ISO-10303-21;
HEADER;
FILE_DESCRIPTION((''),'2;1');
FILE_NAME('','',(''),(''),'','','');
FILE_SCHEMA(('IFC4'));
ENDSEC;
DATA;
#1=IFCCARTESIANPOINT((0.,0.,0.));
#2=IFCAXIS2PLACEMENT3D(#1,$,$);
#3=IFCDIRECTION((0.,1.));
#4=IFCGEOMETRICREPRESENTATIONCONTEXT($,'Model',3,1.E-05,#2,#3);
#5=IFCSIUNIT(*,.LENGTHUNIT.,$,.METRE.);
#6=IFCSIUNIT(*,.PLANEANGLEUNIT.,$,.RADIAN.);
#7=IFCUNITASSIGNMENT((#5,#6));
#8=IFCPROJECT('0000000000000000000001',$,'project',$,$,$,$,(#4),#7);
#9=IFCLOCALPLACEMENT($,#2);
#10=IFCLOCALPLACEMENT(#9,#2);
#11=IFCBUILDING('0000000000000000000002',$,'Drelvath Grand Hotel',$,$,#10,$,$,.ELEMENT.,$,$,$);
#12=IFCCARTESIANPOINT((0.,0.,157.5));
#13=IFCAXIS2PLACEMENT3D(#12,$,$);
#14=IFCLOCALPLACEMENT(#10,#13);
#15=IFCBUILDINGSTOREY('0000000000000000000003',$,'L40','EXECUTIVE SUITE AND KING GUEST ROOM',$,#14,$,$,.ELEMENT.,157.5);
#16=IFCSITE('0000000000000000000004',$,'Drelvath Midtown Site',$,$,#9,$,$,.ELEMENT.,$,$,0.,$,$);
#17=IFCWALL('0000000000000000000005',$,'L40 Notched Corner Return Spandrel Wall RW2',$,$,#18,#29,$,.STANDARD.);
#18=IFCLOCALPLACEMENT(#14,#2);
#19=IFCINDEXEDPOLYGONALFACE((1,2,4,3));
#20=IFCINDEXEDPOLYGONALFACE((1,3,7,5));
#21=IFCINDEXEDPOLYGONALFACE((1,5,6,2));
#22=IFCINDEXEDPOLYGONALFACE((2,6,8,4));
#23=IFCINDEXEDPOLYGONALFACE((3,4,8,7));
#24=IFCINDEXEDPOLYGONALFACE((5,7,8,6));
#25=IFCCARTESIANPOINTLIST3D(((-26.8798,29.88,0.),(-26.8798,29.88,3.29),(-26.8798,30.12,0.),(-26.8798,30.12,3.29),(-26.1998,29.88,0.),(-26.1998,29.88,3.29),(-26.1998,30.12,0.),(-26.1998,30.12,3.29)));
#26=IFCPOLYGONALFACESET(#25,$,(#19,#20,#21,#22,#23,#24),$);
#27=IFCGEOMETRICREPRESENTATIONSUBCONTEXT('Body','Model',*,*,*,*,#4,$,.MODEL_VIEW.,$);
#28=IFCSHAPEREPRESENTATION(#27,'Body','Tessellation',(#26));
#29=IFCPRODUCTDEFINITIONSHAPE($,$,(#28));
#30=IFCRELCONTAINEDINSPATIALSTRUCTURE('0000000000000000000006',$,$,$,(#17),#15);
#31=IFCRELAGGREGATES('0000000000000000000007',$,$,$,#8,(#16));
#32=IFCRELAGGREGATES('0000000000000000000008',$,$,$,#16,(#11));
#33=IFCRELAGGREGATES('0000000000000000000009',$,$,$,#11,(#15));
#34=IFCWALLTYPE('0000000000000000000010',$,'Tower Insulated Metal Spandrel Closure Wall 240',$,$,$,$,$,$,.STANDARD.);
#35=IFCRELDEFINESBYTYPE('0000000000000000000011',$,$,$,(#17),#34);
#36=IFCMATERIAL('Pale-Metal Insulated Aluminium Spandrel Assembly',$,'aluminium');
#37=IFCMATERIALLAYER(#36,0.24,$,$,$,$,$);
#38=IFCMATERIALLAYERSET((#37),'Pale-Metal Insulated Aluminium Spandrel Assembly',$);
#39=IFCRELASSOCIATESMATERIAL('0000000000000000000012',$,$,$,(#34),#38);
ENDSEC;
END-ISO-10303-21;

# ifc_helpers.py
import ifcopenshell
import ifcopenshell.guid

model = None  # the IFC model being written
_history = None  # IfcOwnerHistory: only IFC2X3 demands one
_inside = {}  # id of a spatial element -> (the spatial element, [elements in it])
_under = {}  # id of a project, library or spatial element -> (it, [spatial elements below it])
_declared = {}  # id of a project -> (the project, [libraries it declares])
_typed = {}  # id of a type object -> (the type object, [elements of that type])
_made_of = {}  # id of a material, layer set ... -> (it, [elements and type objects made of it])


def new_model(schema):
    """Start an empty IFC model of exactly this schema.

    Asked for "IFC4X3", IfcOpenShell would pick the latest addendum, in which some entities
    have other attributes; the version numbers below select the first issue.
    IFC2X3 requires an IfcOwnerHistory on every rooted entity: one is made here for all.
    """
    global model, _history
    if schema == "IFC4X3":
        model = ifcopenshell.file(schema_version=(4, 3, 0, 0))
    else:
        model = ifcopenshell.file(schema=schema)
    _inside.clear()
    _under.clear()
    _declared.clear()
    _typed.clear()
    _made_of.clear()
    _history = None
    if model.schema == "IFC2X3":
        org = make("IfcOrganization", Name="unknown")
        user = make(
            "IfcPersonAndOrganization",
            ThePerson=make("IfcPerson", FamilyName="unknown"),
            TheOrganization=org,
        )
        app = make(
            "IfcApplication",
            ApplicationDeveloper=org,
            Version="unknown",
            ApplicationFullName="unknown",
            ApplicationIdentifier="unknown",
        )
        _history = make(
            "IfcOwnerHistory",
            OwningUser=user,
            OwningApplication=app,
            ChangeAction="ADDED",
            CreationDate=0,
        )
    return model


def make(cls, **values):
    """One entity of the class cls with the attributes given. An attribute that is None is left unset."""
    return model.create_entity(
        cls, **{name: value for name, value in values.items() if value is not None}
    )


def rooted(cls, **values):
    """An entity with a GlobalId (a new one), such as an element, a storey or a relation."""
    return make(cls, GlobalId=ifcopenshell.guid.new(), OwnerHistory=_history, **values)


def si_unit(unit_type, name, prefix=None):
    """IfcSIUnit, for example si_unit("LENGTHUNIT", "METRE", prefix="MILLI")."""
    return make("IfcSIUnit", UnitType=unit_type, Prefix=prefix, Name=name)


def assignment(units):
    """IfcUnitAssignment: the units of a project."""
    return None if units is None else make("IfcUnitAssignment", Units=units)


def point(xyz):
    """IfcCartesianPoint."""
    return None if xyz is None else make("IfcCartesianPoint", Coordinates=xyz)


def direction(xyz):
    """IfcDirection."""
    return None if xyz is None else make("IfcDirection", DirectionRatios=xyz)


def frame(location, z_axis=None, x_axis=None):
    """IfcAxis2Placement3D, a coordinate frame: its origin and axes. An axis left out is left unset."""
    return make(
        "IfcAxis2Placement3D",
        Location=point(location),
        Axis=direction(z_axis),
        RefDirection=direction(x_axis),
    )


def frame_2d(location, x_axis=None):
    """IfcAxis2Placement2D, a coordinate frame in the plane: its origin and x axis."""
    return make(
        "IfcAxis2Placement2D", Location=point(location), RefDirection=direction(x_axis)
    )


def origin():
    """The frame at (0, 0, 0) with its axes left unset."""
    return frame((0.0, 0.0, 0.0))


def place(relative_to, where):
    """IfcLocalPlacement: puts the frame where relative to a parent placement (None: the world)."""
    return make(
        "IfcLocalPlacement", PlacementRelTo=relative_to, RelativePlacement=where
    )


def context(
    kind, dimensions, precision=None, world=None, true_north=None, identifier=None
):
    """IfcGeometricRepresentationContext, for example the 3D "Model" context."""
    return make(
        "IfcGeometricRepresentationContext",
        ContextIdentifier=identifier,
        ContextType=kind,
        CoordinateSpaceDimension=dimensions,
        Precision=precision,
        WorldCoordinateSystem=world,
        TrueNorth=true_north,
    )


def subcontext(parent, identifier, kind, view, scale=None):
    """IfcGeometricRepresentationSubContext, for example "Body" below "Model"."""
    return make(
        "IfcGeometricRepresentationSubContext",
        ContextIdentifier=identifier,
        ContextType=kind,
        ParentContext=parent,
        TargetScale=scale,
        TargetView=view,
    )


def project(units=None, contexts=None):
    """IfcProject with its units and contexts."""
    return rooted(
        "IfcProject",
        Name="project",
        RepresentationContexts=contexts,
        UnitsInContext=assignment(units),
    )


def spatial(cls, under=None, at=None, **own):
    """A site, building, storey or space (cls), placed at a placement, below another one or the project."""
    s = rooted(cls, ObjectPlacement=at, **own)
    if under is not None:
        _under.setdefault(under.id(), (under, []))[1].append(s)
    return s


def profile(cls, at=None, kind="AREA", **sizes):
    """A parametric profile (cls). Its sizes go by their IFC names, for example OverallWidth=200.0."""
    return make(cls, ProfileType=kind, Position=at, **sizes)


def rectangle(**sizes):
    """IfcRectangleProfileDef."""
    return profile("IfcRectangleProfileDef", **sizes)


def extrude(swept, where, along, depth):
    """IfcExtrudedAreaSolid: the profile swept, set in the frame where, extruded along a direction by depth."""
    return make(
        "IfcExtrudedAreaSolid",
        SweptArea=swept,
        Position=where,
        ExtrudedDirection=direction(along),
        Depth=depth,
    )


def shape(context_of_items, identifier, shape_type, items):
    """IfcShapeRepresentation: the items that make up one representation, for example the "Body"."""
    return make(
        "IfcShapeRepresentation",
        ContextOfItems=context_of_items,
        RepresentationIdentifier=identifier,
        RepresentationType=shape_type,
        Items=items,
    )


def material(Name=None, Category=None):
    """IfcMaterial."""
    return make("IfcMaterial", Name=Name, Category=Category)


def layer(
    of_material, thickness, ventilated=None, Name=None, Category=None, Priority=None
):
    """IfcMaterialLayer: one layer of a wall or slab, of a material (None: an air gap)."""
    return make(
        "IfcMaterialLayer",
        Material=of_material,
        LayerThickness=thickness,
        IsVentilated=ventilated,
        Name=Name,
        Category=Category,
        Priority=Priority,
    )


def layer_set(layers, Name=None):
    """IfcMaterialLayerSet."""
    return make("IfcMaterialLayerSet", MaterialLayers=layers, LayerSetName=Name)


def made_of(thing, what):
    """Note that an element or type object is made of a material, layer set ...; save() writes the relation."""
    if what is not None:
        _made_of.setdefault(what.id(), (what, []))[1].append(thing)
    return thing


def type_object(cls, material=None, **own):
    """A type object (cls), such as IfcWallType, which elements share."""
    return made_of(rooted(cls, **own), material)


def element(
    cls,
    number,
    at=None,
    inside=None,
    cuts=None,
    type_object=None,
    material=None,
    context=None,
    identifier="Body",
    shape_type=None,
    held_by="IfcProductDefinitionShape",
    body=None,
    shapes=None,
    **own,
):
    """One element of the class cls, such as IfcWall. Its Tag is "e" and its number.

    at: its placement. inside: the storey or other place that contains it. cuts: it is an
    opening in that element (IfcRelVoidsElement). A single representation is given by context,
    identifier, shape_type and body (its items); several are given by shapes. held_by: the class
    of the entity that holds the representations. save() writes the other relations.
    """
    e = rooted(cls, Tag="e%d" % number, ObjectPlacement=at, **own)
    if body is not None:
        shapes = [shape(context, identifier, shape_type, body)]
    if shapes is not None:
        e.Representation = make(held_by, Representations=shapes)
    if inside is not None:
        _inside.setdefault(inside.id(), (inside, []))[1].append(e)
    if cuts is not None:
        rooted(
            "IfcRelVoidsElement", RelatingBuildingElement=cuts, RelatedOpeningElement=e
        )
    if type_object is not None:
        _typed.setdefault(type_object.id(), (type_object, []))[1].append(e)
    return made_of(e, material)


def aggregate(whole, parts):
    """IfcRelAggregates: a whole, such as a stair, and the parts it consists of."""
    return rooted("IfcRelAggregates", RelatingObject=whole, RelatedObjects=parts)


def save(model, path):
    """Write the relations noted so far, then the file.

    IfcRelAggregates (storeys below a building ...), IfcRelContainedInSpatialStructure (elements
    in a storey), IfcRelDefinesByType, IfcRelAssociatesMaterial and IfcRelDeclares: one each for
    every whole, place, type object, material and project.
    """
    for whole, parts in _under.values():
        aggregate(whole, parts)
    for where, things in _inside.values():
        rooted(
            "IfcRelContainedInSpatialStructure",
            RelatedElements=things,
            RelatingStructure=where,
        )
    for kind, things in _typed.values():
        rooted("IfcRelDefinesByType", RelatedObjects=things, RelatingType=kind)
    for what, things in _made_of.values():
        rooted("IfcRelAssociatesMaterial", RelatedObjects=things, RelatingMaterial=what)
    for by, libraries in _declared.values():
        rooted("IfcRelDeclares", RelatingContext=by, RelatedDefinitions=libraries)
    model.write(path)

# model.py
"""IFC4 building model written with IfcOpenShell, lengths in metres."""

from ifc_helpers import new_model, si_unit, direction, frame, frame_2d, origin, place, context, subcontext, project, spatial, rectangle, extrude, material, layer, layer_set, type_object, element, save


model = new_model("IFC4")

# Units and contexts
model_context = context("Model", 3, precision=1e-05, world=origin(), true_north=direction((0.0, 1.0)))
body_context = subcontext(model_context, "Body", "Model", "MODEL_VIEW")
ifc_project = project(units=[si_unit("LENGTHUNIT", "METRE"), si_unit("PLANEANGLEUNIT", "RADIAN")], contexts=[model_context])

# Site, building, storey
site_placement = place(None, origin())
site = spatial("IfcSite", under=ifc_project, at=site_placement, Name="Drelvath Midtown Site", CompositionType="ELEMENT", RefElevation=0.0)
building_placement = place(site_placement, origin())
building = spatial("IfcBuilding", under=site, at=building_placement, Name="Drelvath Grand Hotel", CompositionType="ELEMENT")
storey_placement = place(building_placement, frame((0.0, 0.0, 157.5)))
storey = spatial("IfcBuildingStorey", under=building, at=storey_placement, Name="L40", Description="EXECUTIVE SUITE AND KING GUEST ROOM", CompositionType="ELEMENT", Elevation=157.5)

# Wall
ifc_material_1 = material(Name="Pale-Metal Insulated Aluminium Spandrel Assembly", Category="aluminium")
ifc_layer_1 = layer(ifc_material_1, 0.24)
ifc_layer_set_1 = layer_set([ifc_layer_1], Name="Pale-Metal Insulated Aluminium Spandrel Assembly")
wall_type_1 = type_object("IfcWallType", Name="Tower Insulated Metal Spandrel Closure Wall 240", PredefinedType="STANDARD", material=ifc_layer_set_1)
wall_1_placement = place(storey_placement, frame((-26.2, 30.0, 0.0), z_axis=(0.0, 0.0, 1.0), x_axis=(-1.0, 0.0, 0.0)))
element("IfcWall", 1, at=wall_1_placement, inside=storey, type_object=wall_type_1, Name="L40 Notched Corner Return Spandrel Wall RW2", PredefinedType="STANDARD", context=body_context, shape_type="SweptSolid", body=[
    extrude(rectangle(XDim=0.6799, YDim=0.24, at=frame_2d((0.3398, 0.0))), origin(), (0.0, 0.0, 1.0), 3.29),
])

save(model, "model.ifc")
